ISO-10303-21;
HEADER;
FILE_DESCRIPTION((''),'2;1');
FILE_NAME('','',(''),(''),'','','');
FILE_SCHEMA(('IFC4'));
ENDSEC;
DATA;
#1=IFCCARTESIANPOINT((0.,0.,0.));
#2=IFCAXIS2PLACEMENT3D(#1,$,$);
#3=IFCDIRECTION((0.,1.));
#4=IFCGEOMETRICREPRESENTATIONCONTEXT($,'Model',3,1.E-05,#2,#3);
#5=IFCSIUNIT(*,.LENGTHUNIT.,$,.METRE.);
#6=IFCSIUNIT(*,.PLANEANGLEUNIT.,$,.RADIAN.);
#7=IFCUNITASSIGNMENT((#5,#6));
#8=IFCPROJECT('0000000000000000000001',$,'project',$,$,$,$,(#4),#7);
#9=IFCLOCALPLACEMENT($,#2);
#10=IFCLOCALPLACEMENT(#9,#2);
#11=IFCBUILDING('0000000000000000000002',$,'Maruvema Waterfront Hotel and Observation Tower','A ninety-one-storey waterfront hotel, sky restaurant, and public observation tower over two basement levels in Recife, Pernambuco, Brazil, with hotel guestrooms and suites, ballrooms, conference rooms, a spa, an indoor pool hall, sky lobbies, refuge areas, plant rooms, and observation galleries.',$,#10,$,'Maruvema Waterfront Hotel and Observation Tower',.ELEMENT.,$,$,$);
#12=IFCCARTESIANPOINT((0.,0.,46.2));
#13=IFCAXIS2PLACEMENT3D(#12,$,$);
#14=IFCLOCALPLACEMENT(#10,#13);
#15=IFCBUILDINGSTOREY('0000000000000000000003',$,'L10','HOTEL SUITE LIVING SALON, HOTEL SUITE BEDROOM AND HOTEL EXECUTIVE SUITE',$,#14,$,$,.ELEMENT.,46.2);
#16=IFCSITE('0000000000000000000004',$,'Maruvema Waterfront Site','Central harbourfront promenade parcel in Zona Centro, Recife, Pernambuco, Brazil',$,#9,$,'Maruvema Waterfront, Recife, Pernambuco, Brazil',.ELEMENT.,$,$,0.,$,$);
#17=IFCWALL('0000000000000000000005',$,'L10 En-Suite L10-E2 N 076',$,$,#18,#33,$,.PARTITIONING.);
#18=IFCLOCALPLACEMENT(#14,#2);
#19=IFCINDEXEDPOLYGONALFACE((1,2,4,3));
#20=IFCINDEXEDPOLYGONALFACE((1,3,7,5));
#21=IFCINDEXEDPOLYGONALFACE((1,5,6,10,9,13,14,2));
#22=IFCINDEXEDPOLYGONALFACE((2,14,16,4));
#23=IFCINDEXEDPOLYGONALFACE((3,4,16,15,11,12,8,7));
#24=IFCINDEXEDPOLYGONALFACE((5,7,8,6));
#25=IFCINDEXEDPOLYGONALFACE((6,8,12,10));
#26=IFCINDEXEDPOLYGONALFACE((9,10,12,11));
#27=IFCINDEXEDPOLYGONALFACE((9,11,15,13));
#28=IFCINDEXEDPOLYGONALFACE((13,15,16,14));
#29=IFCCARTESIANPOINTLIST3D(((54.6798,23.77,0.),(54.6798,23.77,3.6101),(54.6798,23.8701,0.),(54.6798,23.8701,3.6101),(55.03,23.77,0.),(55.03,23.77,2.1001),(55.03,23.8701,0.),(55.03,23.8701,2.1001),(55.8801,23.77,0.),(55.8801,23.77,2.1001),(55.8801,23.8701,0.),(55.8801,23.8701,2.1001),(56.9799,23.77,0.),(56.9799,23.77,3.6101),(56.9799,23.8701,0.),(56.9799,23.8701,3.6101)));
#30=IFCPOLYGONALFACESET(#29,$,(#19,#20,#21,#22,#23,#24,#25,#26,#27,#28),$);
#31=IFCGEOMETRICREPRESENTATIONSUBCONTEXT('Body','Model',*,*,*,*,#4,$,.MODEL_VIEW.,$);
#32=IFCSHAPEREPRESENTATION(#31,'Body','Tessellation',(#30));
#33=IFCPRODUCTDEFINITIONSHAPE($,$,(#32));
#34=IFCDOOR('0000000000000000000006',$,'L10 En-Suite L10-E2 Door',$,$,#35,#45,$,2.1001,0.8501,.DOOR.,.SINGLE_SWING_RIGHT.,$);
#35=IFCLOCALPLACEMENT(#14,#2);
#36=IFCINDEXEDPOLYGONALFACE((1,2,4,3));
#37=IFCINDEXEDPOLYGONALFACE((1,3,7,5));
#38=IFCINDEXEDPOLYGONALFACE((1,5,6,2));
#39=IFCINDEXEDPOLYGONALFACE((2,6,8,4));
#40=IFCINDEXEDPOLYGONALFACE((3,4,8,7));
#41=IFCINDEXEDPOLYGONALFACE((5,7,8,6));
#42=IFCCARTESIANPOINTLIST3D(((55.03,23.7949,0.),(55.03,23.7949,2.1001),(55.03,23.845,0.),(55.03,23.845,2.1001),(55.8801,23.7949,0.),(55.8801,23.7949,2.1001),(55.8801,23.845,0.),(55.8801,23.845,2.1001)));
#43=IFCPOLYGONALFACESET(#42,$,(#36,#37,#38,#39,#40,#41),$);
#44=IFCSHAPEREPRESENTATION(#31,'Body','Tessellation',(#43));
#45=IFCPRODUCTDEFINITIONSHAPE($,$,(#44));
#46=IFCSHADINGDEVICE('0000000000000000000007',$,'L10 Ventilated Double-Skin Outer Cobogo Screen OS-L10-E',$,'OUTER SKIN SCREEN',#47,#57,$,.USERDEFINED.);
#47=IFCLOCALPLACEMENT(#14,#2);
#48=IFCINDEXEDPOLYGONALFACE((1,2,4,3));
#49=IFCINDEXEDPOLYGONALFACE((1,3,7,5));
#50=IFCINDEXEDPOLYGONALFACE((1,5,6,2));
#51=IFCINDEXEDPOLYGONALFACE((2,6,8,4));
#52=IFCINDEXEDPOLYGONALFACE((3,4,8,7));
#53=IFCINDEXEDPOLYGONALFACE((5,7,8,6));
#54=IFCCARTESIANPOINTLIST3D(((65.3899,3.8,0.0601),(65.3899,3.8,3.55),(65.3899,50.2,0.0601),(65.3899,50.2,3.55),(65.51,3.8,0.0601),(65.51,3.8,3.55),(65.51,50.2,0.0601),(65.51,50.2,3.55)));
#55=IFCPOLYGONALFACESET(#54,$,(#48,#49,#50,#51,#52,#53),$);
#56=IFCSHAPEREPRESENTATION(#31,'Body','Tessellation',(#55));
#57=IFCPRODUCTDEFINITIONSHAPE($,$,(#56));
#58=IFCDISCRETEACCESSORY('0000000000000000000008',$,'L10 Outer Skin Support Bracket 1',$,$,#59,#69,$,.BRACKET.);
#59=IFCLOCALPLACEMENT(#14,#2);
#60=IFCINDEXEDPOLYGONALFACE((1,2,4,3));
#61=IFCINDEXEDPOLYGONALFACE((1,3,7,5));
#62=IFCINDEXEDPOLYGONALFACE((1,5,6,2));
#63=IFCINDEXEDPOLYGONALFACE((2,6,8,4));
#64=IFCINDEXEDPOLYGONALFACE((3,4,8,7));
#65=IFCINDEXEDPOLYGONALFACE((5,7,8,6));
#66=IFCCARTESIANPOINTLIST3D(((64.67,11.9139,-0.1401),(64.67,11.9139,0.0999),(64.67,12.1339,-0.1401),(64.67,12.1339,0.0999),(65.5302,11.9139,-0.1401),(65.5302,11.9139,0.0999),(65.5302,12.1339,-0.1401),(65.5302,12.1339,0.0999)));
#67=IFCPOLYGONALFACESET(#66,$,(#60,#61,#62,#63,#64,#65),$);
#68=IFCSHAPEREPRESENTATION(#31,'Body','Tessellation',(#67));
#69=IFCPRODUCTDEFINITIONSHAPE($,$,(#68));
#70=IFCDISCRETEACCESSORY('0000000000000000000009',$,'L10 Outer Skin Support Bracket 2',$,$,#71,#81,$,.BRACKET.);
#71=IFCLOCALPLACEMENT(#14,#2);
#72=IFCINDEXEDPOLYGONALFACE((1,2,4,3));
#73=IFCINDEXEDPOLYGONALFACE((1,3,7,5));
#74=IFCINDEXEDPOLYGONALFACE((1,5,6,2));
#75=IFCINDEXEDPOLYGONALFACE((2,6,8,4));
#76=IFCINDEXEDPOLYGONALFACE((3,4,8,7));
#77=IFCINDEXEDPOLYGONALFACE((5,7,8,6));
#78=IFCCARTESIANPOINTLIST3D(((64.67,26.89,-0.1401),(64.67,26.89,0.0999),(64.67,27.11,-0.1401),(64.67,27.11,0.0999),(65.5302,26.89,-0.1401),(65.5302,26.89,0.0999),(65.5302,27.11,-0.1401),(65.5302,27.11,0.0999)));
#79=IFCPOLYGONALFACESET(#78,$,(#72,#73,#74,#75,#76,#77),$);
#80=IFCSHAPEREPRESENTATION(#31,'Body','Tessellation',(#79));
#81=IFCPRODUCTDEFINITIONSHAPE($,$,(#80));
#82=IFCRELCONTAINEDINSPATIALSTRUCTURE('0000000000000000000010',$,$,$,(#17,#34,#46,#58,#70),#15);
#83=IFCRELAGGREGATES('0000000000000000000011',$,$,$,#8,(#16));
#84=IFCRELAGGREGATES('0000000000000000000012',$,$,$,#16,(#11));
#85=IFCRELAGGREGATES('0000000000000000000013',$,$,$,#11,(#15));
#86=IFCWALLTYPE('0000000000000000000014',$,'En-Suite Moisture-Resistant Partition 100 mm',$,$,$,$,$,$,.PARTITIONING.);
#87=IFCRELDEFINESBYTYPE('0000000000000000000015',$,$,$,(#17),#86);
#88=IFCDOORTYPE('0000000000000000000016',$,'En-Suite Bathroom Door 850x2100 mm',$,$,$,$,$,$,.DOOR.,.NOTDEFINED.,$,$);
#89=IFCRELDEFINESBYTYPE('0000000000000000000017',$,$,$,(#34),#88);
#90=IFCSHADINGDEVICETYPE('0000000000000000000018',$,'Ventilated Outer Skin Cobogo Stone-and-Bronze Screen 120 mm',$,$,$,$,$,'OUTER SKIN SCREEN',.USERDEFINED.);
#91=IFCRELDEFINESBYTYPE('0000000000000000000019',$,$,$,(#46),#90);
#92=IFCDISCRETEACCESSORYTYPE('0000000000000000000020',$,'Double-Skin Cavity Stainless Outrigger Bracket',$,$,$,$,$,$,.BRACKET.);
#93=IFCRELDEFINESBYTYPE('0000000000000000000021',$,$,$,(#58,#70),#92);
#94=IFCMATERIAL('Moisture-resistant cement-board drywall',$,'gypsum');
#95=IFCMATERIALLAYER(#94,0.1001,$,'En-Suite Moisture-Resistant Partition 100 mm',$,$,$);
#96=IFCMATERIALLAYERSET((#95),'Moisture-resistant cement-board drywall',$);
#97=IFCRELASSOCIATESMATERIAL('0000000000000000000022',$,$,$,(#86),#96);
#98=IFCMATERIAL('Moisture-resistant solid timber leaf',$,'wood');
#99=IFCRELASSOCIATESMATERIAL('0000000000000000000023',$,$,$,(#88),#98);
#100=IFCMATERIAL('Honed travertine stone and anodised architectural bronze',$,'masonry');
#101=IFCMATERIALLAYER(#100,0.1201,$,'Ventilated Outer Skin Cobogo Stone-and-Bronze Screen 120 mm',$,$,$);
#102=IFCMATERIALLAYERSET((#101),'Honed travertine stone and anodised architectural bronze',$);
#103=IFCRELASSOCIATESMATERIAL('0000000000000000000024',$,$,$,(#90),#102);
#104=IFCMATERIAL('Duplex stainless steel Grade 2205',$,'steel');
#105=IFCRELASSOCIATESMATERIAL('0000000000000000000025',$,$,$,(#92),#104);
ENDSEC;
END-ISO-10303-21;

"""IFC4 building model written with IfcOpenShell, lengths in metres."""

from ifc_helpers import new_model, si_unit, direction, frame, frame_2d, origin, origin_2d, place, context, subcontext, project, spatial, rectangle, extrude, material, layer, layer_set, type_object, element, fill, save


model = new_model("IFC4")

# Units and contexts
model_context = context("Model", 3, precision=1e-05, world=origin(), true_north=direction((0.0, 1.0)))
body_context = subcontext(model_context, "Body", "Model", "MODEL_VIEW")
ifc_project = project(units=[si_unit("LENGTHUNIT", "METRE"), si_unit("PLANEANGLEUNIT", "RADIAN")], contexts=[model_context])

# Site, building, storey
site_placement = place(None, origin())
site = spatial("IfcSite", under=ifc_project, at=site_placement, Name="Maruvema Waterfront Site", Description="Central harbourfront promenade parcel in Zona Centro, Recife, Pernambuco, Brazil", LongName="Maruvema Waterfront, Recife, Pernambuco, Brazil", CompositionType="ELEMENT", RefElevation=0.0)
building_placement = place(site_placement, origin())
building = spatial("IfcBuilding", under=site, at=building_placement, Name="Maruvema Waterfront Hotel and Observation Tower", Description="A ninety-one-storey waterfront hotel, sky restaurant, and public observation tower over two basement levels in Recife, Pernambuco, Brazil, with hotel guestrooms and suites, ballrooms, conference rooms, a spa, an indoor pool hall, sky lobbies, refuge areas, plant rooms, and observation galleries.", LongName="Maruvema Waterfront Hotel and Observation Tower", CompositionType="ELEMENT")
storey_placement = place(building_placement, frame((0.0, 0.0, 46.2)))
storey = spatial("IfcBuildingStorey", under=building, at=storey_placement, Name="L10", Description="HOTEL SUITE LIVING SALON, HOTEL SUITE BEDROOM AND HOTEL EXECUTIVE SUITE", CompositionType="ELEMENT", Elevation=46.2)

# Shared definitions
ifc_material_1 = material(Name="Moisture-resistant cement-board drywall", Category="gypsum")
ifc_layer_1 = layer(ifc_material_1, 0.1001, Name="En-Suite Moisture-Resistant Partition 100 mm")
ifc_layer_set_1 = layer_set([ifc_layer_1], Name="Moisture-resistant cement-board drywall")
wall_type_1 = type_object("IfcWallType", Name="En-Suite Moisture-Resistant Partition 100 mm", PredefinedType="PARTITIONING", material=ifc_layer_set_1)

# Shared definitions
ifc_material_2 = material(Name="Moisture-resistant solid timber leaf", Category="wood")
door_type_1 = type_object("IfcDoorType", Name="En-Suite Bathroom Door 850x2100 mm", OperationType="NOTDEFINED", PredefinedType="DOOR", material=ifc_material_2)

# Wall, opening, door
wall_1_placement = place(storey_placement, frame((54.6799, 23.8201, 0.0), z_axis=(0.0, 0.0, 1.0), x_axis=(1.0, 0.0, 0.0)))
wall_1 = element("IfcWall", 1, at=wall_1_placement, inside=storey, type_object=wall_type_1, Name="L10 En-Suite L10-E2 N 076", PredefinedType="PARTITIONING", context=body_context, shape_type="SweptSolid", body=[
    extrude(rectangle(XDim=2.3, YDim=0.1001, at=frame_2d((1.1499, 0.0))), origin(), (0.0, 0.0, 1.0), 3.6101),
])
opening_1_placement = place(wall_1_placement, frame((0.3501, 0.0, 0.0)))
opening_1 = element("IfcOpeningElement", 2, at=opening_1_placement, cuts=wall_1, PredefinedType="OPENING", context=body_context, shape_type="SweptSolid", body=[
    extrude(rectangle(XDim=0.8501, YDim=2.1001, at=frame_2d((0.425, 1.05))), frame((0.0, 0.0601, 0.0), z_axis=(0.0, -1.0, 0.0), x_axis=(1.0, 0.0, 0.0)), (0.0, 0.0, 1.0), 0.1201),
])
door_1_placement = place(opening_1_placement, origin())
door_1 = element("IfcDoor", 3, at=door_1_placement, inside=storey, type_object=door_type_1, Name="L10 En-Suite L10-E2 Door", OperationType="SINGLE_SWING_RIGHT", OverallHeight=2.1001, OverallWidth=0.8501, PredefinedType="DOOR", context=body_context, shape_type="SweptSolid", body=[
    extrude(rectangle(XDim=0.8501, YDim=2.1001, at=frame_2d((0.425, 1.05))), frame((0.0, 0.0249, 0.0), z_axis=(0.0, -1.0, 0.0), x_axis=(1.0, 0.0, 0.0)), (0.0, 0.0, 1.0), 0.05),
])
fill(opening_1, door_1)

# Shading device
ifc_material_3 = material(Name="Honed travertine stone and anodised architectural bronze", Category="masonry")
ifc_layer_2 = layer(ifc_material_3, 0.1201, Name="Ventilated Outer Skin Cobogo Stone-and-Bronze Screen 120 mm")
ifc_layer_set_2 = layer_set([ifc_layer_2], Name="Honed travertine stone and anodised architectural bronze")
shading_device_type = type_object("IfcShadingDeviceType", Name="Ventilated Outer Skin Cobogo Stone-and-Bronze Screen 120 mm", ElementType="OUTER SKIN SCREEN", PredefinedType="USERDEFINED", material=ifc_layer_set_2)
shading_device_placement = place(storey_placement, frame((65.45, 27.0, 0.0601), z_axis=(0.0, 0.0, 1.0), x_axis=(0.0, 1.0, 0.0)))
element("IfcShadingDevice", 4, at=shading_device_placement, inside=storey, type_object=shading_device_type, Name="L10 Ventilated Double-Skin Outer Cobogo Screen OS-L10-E", ObjectType="OUTER SKIN SCREEN", PredefinedType="USERDEFINED", context=body_context, shape_type="SweptSolid", body=[
    extrude(rectangle(XDim=46.3999, YDim=0.1201, at=origin_2d()), origin(), (0.0, 0.0, 1.0), 3.49),
])

# Discrete accessories
ifc_material_4 = material(Name="Duplex stainless steel Grade 2205", Category="steel")
discrete_accessory_type = type_object("IfcDiscreteAccessoryType", Name="Double-Skin Cavity Stainless Outrigger Bracket", PredefinedType="BRACKET", material=ifc_material_4)
for number, where, z_axis, x_axis, name in (
    (5, (65.1001, 12.0239, -0.1401), (0.0, 0.0, 1.0), (0.0, 1.0, 0.0), "L10 Outer Skin Support Bracket 1"),
    (6, (65.1001, 27.0, -0.1401), (0.0, 0.0, 1.0), (0.0, 1.0, 0.0), "L10 Outer Skin Support Bracket 2"),
):
    element("IfcDiscreteAccessory", number, at=place(storey_placement, frame(where, z_axis=z_axis, x_axis=x_axis)), inside=storey, type_object=discrete_accessory_type, Name=name, PredefinedType="BRACKET", context=body_context, shape_type="SweptSolid", body=[
        extrude(rectangle(XDim=0.22, YDim=0.8601, at=origin_2d()), origin(), (0.0, 0.0, 1.0), 0.24),
    ])

save(model, "model.ifc")
